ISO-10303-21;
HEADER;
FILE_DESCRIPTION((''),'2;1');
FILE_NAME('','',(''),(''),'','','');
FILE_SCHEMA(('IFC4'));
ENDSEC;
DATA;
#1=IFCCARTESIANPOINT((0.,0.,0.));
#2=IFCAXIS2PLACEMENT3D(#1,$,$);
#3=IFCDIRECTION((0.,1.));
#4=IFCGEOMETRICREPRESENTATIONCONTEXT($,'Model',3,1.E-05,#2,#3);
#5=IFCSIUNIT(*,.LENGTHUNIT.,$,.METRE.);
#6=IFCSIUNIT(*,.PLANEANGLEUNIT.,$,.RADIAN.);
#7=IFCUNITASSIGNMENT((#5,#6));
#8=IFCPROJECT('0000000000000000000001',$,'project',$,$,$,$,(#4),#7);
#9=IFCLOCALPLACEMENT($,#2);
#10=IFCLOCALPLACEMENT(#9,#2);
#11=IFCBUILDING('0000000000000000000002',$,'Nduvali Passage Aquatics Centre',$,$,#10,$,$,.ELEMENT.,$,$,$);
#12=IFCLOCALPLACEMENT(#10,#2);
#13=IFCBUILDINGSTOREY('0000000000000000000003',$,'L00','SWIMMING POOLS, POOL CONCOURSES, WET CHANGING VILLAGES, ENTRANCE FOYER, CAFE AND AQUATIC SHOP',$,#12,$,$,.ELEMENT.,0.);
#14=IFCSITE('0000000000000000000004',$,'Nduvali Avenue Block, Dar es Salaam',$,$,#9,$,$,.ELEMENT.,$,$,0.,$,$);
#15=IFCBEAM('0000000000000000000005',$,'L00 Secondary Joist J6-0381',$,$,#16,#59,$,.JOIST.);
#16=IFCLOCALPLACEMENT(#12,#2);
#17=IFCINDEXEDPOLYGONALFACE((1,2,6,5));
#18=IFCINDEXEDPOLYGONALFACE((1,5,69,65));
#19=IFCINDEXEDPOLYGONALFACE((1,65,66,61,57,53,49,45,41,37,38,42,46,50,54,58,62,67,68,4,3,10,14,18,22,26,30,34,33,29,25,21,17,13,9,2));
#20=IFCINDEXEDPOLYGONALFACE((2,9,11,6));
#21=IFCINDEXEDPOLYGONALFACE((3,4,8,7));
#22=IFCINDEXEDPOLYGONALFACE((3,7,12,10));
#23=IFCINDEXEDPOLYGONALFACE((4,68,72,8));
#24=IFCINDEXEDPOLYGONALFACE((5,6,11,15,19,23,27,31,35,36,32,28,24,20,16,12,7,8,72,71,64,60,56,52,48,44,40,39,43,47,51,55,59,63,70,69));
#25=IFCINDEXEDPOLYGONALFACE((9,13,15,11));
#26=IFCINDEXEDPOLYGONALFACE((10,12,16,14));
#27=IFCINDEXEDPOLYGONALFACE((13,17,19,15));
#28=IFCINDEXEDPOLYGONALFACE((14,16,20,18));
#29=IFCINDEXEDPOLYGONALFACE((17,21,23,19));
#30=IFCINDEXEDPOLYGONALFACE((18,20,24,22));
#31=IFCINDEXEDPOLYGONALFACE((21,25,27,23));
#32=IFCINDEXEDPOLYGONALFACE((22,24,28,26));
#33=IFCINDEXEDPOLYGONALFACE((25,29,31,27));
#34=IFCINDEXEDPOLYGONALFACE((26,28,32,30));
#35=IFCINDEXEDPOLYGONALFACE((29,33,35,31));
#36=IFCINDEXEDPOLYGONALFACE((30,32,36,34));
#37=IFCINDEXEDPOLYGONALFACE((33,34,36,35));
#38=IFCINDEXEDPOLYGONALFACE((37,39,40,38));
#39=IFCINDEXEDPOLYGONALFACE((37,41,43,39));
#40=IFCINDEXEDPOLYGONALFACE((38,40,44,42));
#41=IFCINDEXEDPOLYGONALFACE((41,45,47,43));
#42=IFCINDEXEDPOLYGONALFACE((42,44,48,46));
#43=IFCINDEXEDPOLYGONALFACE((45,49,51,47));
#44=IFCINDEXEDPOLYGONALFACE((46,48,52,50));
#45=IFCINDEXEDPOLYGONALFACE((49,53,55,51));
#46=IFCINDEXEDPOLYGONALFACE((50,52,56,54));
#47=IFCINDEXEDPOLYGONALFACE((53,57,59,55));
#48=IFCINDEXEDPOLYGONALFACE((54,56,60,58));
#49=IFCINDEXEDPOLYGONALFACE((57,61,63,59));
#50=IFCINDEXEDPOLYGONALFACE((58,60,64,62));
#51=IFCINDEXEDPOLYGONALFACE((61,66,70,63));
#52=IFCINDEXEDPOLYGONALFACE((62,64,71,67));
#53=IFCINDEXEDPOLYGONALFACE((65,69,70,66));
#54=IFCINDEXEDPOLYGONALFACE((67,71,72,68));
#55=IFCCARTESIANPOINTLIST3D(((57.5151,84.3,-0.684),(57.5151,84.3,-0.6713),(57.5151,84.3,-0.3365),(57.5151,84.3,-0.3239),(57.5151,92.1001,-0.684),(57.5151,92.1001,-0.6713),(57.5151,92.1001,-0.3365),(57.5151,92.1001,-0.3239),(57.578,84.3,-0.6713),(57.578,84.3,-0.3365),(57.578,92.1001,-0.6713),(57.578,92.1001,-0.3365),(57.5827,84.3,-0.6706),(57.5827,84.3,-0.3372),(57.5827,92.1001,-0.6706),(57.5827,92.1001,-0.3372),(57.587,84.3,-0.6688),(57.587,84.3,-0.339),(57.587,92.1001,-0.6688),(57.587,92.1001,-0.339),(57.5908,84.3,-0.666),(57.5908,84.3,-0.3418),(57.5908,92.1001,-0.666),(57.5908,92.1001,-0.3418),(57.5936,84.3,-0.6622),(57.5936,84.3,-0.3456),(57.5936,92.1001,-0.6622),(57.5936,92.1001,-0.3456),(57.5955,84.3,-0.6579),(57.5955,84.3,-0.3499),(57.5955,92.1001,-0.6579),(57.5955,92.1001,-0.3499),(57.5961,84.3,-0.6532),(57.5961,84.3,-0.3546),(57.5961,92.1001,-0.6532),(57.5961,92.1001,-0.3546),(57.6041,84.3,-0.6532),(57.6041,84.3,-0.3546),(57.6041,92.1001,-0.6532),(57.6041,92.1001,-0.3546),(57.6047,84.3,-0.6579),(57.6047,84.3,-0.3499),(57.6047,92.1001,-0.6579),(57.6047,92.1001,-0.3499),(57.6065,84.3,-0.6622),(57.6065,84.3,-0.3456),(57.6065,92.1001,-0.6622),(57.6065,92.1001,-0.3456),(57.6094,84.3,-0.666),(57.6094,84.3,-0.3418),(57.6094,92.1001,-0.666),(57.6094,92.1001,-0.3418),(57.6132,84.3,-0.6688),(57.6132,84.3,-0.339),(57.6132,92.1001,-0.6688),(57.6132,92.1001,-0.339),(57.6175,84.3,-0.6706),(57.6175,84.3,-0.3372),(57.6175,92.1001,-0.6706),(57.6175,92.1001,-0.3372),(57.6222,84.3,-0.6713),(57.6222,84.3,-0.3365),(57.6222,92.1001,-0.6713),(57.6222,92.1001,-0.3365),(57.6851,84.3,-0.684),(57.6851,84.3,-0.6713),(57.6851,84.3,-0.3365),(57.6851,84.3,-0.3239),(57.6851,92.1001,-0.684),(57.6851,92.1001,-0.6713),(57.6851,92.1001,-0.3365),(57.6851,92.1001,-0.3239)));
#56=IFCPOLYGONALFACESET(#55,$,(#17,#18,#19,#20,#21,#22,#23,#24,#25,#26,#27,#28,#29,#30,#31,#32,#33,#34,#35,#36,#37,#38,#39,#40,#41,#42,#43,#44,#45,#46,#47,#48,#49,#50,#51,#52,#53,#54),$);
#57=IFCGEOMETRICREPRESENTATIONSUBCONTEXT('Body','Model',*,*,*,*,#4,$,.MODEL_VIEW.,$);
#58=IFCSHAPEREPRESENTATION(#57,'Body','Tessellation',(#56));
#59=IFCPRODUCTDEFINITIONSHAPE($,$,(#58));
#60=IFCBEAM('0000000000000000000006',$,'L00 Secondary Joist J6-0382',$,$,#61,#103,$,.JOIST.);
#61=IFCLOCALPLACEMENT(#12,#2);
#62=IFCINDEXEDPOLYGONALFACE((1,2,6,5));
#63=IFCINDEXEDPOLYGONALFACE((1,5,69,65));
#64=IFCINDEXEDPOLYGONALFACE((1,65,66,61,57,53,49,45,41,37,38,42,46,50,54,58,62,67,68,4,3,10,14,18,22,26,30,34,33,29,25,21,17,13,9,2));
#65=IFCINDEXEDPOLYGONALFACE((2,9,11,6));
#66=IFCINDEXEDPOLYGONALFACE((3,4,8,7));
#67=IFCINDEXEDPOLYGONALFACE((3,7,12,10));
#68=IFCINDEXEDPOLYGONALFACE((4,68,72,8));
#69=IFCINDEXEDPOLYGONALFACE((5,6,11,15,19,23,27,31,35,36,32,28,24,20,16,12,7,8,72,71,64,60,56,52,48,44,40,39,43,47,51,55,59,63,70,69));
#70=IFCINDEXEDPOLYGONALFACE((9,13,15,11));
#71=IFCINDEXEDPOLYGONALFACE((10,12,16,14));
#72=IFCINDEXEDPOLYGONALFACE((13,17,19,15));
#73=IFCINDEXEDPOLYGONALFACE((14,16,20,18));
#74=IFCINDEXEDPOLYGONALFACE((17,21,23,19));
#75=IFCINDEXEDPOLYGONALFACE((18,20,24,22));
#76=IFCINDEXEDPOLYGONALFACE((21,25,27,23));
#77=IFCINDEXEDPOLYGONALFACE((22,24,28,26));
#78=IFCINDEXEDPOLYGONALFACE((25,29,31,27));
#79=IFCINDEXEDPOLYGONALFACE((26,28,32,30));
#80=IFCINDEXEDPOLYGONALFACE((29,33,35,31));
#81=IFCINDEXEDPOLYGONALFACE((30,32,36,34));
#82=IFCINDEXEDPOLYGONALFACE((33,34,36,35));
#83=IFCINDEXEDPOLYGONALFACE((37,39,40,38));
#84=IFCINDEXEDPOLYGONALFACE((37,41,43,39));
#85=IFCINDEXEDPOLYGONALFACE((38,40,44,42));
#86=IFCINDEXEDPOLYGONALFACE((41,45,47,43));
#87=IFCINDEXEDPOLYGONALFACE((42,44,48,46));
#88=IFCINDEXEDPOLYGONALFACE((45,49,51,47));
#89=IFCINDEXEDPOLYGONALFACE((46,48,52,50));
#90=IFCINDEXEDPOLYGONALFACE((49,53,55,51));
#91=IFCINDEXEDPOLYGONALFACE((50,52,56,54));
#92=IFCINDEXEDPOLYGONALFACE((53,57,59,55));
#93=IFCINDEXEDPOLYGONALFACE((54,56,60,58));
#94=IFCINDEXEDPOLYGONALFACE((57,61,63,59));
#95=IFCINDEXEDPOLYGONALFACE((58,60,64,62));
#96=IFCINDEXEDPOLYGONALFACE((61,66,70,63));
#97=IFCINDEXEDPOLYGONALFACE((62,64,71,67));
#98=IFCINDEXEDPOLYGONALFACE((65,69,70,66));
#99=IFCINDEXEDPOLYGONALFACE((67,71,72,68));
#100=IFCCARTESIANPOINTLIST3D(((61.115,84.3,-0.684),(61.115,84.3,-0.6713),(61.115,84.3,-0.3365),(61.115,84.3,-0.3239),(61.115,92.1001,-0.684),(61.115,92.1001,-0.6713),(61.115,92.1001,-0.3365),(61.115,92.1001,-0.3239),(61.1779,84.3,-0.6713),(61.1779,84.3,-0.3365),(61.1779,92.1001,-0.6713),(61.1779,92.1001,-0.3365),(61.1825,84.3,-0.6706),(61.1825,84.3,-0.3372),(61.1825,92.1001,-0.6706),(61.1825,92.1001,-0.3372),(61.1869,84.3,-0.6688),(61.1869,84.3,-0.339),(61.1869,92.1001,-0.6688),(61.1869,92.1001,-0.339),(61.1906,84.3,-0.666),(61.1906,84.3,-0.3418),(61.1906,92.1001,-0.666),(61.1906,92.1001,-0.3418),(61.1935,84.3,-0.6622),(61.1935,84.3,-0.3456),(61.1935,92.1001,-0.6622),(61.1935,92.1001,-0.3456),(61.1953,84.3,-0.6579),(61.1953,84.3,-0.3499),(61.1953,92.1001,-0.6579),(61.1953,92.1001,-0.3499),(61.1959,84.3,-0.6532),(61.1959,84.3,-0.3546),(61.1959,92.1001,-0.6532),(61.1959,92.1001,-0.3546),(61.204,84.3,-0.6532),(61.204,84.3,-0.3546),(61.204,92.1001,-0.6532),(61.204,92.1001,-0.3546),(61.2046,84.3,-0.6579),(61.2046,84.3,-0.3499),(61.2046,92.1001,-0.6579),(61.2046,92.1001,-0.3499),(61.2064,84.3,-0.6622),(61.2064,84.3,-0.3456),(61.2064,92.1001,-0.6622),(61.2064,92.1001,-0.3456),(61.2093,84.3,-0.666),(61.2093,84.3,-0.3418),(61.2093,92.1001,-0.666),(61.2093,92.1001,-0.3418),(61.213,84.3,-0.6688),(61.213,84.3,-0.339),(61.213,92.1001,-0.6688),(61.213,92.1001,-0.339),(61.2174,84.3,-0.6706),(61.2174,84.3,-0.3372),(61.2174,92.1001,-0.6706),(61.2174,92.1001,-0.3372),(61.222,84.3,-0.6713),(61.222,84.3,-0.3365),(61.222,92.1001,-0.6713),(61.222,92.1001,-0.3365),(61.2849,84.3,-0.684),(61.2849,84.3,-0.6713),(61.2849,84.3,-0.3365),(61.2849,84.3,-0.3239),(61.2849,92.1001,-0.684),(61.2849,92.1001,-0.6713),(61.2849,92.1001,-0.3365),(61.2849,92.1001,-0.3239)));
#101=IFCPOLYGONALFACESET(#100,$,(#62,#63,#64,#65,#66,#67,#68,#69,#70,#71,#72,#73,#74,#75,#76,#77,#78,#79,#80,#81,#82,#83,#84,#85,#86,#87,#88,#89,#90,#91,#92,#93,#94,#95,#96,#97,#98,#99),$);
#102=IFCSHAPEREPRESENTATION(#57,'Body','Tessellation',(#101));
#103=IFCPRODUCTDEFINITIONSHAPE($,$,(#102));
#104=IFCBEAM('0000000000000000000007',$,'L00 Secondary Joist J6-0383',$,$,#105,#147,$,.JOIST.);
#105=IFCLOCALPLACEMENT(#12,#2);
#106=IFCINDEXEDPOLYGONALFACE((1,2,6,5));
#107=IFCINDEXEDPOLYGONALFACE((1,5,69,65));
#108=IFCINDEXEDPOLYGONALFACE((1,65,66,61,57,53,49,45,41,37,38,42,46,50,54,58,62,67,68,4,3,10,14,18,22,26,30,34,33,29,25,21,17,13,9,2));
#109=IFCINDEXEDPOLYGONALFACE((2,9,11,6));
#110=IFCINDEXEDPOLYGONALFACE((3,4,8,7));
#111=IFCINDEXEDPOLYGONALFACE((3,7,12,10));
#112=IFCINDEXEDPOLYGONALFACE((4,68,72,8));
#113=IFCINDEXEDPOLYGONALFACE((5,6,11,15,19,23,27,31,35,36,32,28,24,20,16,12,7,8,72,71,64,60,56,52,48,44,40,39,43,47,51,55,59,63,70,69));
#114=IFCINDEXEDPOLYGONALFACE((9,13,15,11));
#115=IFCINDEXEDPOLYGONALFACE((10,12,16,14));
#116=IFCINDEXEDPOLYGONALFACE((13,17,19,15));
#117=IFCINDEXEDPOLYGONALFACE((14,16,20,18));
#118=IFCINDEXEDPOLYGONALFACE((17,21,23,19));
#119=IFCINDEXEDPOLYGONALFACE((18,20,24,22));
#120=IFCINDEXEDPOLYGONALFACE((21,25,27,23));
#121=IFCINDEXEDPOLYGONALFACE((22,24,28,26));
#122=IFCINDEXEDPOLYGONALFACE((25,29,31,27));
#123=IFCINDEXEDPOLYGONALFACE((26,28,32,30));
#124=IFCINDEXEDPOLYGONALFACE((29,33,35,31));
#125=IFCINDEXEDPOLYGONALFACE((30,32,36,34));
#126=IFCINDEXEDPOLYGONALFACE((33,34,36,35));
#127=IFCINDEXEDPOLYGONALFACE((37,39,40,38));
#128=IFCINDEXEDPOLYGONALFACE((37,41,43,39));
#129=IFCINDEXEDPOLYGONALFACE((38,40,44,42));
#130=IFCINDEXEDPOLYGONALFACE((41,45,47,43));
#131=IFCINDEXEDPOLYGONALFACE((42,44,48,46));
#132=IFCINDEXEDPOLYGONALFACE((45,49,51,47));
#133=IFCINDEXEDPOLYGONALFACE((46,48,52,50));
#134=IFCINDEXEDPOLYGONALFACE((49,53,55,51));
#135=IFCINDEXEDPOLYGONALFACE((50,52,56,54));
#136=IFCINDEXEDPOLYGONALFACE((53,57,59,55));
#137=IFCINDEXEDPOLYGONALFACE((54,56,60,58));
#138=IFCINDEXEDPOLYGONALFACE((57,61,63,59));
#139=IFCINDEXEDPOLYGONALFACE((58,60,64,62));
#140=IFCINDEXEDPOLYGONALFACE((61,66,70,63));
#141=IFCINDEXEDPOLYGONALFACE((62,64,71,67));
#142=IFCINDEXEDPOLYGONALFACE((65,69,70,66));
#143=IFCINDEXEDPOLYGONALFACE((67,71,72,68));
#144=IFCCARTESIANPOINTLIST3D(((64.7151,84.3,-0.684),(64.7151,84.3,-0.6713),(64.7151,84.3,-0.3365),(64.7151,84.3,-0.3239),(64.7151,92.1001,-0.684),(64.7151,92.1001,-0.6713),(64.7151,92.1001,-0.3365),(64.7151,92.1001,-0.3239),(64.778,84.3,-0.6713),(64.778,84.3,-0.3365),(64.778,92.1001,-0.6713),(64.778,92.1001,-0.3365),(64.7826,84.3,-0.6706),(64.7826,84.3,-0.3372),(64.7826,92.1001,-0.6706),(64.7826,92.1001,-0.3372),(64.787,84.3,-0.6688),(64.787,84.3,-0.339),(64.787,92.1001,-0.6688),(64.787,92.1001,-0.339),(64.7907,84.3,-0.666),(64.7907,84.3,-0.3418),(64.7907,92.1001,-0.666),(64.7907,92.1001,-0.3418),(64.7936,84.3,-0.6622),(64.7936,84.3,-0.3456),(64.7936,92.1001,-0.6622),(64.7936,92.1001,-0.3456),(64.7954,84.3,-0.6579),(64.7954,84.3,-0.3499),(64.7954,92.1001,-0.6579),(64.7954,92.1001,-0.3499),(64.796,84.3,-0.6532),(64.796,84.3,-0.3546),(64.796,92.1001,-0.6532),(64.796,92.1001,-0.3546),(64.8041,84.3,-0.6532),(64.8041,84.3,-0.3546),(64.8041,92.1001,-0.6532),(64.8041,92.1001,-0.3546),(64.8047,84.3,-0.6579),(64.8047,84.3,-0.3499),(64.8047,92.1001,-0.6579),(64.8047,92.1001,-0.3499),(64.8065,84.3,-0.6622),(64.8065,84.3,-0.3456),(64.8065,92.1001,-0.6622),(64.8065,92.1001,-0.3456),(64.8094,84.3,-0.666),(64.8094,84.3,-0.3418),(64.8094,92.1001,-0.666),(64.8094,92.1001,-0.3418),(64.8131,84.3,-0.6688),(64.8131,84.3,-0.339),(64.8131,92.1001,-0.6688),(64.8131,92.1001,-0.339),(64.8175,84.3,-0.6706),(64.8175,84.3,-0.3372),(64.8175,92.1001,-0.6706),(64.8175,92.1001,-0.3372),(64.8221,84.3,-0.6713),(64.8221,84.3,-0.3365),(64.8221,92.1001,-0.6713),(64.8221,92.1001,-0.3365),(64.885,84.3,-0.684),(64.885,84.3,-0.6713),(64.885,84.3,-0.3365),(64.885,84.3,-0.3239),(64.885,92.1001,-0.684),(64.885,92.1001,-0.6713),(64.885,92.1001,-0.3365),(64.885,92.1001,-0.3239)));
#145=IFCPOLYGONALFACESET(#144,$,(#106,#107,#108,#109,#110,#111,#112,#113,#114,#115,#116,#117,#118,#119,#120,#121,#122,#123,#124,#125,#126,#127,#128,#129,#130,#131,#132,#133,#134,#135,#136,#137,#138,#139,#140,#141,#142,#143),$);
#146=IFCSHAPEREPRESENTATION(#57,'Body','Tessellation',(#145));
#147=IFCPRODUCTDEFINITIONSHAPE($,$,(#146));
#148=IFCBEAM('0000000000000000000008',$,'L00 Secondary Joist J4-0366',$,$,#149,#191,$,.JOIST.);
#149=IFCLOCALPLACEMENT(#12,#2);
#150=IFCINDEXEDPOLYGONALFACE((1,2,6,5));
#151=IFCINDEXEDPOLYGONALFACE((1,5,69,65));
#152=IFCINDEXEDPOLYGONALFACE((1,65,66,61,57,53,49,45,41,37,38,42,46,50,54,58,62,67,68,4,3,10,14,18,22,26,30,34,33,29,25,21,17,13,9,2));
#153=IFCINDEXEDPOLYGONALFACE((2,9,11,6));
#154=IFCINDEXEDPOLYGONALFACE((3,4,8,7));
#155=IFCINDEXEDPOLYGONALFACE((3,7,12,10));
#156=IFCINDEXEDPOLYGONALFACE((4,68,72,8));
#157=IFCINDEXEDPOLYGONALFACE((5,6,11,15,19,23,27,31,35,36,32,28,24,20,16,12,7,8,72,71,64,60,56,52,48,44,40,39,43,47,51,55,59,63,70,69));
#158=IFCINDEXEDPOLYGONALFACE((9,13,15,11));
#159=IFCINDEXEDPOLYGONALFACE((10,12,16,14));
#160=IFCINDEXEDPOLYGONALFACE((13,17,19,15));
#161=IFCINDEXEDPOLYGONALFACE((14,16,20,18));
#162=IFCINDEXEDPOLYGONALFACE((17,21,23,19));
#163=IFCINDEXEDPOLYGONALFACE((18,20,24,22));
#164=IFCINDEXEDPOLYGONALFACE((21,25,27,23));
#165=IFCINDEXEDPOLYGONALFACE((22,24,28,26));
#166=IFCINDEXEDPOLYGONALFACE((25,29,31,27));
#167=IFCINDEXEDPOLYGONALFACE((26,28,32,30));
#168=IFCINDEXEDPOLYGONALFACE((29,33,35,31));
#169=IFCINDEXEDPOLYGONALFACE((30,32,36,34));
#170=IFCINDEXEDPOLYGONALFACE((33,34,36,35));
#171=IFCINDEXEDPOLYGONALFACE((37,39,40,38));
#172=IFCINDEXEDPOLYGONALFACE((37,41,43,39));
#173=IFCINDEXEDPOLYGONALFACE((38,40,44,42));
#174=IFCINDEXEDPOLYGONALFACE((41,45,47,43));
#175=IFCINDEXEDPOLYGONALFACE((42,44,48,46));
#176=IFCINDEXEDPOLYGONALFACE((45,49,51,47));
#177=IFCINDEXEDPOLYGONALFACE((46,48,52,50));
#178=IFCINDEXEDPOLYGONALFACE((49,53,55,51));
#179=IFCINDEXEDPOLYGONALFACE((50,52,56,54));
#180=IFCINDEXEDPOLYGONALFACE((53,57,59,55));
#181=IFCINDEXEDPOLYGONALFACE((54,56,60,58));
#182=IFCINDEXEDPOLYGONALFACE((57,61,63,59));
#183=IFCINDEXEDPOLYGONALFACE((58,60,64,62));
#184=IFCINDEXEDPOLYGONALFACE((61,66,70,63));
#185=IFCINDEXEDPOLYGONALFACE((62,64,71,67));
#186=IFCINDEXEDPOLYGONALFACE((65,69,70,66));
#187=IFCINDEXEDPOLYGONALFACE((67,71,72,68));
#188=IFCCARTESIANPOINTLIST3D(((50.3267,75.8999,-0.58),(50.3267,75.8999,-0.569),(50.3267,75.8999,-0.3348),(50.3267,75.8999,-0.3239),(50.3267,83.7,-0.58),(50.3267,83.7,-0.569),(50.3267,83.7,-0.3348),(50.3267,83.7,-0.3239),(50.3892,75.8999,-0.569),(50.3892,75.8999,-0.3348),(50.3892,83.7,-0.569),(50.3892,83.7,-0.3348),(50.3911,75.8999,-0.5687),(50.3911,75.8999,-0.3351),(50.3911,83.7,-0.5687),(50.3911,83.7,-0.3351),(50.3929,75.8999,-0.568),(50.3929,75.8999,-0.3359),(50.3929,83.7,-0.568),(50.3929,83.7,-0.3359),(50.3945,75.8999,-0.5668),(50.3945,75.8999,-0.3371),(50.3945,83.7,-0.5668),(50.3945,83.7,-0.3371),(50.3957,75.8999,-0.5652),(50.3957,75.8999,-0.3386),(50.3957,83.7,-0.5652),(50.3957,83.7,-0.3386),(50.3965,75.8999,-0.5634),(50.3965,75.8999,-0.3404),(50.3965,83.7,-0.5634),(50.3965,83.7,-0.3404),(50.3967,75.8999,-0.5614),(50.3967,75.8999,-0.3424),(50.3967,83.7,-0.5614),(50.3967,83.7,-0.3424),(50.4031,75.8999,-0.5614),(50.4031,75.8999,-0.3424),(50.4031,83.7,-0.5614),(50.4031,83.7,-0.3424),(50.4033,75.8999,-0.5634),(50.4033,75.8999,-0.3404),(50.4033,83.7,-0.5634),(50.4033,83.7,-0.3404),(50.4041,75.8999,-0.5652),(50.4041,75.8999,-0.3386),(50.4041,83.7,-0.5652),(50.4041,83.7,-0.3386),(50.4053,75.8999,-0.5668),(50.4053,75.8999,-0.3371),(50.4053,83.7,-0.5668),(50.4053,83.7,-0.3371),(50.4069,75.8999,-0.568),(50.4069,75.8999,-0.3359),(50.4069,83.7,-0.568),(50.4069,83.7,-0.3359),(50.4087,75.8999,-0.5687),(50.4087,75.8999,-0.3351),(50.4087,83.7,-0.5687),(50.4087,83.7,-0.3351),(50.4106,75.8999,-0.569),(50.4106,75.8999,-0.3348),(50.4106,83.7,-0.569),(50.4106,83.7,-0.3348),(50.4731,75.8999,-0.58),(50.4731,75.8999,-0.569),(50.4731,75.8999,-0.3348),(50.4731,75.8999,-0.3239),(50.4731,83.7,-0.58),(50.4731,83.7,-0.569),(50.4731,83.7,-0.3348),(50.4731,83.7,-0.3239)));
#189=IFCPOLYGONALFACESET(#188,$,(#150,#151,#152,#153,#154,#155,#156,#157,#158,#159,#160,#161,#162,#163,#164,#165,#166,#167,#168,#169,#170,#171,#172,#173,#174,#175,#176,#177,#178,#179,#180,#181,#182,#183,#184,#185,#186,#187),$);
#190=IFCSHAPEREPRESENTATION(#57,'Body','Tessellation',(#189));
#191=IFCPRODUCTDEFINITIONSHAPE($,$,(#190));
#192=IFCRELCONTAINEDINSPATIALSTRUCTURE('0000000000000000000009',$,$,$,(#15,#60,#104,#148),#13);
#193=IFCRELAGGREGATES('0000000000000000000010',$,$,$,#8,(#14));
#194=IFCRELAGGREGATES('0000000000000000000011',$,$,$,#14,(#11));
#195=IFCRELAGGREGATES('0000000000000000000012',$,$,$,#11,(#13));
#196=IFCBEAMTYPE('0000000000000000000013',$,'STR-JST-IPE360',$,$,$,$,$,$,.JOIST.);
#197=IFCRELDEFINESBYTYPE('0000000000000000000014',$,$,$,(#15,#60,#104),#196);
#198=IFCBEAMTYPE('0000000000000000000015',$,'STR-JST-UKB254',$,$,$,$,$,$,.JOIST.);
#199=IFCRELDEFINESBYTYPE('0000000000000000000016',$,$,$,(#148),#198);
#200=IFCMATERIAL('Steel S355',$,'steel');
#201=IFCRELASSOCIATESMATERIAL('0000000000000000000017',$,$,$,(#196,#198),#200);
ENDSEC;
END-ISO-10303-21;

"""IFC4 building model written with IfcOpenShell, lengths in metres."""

from ifc_helpers import new_model, si_unit, direction, frame, origin, origin_2d, place, context, subcontext, project, spatial, i_section, extrude, material, material_profile, profile_set, type_object, element, save


model = new_model("IFC4")

# Units and contexts
model_context = context("Model", 3, precision=1e-05, world=origin(), true_north=direction((0.0, 1.0)))
body_context = subcontext(model_context, "Body", "Model", "MODEL_VIEW")
ifc_project = project(units=[si_unit("LENGTHUNIT", "METRE"), si_unit("PLANEANGLEUNIT", "RADIAN")], contexts=[model_context])

# Site, building, storey
site_placement = place(None, origin())
site = spatial("IfcSite", under=ifc_project, at=site_placement, Name="Nduvali Avenue Block, Dar es Salaam", CompositionType="ELEMENT", RefElevation=0.0)
building_placement = place(site_placement, origin())
building = spatial("IfcBuilding", under=site, at=building_placement, Name="Nduvali Passage Aquatics Centre", CompositionType="ELEMENT")
storey_placement = place(building_placement, origin())
storey = spatial("IfcBuildingStorey", under=building, at=storey_placement, Name="L00", Description="SWIMMING POOLS, POOL CONCOURSES, WET CHANGING VILLAGES, ENTRANCE FOYER, CAFE AND AQUATIC SHOP", CompositionType="ELEMENT", Elevation=0.0)

# Beams
ifc_material_1 = material(Name="Steel S355", Category="steel")
ifc_material_profile_1 = material_profile(ifc_material_1, i_section(OverallWidth=0.1699, OverallDepth=0.3601, WebThickness=0.0081, FlangeThickness=0.0127, FilletRadius=0.0181, at=origin_2d()), Name="IPE 360")
ifc_profile_set_1 = profile_set([ifc_material_profile_1], Name="Steel S355")
beam_type_1 = type_object("IfcBeamType", Name="STR-JST-IPE360", PredefinedType="JOIST", material=ifc_profile_set_1)
for number, where, z_axis, x_axis, name in (
    (1, (57.6001, 84.3, -0.5039), (0.0, 1.0, 0.0), (-1.0, 0.0, 0.0), "L00 Secondary Joist J6-0381"),
    (2, (61.2, 84.3, -0.5039), (0.0, 1.0, 0.0), (-1.0, 0.0, 0.0), "L00 Secondary Joist J6-0382"),
    (3, (64.8, 84.3, -0.5039), (0.0, 1.0, 0.0), (-1.0, 0.0, 0.0), "L00 Secondary Joist J6-0383"),
):
    element("IfcBeam", number, at=place(storey_placement, frame(where, z_axis=z_axis, x_axis=x_axis)), inside=storey, type_object=beam_type_1, Name=name, PredefinedType="JOIST", context=body_context, shape_type="SweptSolid", body=[
        extrude(i_section(OverallWidth=0.1699, OverallDepth=0.3601, WebThickness=0.0081, FlangeThickness=0.0127, FilletRadius=0.0181, at=origin_2d()), origin(), (0.0, 0.0, 1.0), 7.8),
    ])
ifc_material_profile_2 = material_profile(ifc_material_1, i_section(OverallWidth=0.1465, OverallDepth=0.2561, WebThickness=0.0063, FlangeThickness=0.011, FilletRadius=0.0076, at=origin_2d()), Name="UKB 254x146x37")
ifc_profile_set_2 = profile_set([ifc_material_profile_2], Name="Steel S355")
beam_type_2 = type_object("IfcBeamType", Name="STR-JST-UKB254", PredefinedType="JOIST", material=ifc_profile_set_2)
beam_1_placement = place(storey_placement, frame((50.3999, 75.8999, -0.4519), z_axis=(0.0, 1.0, 0.0), x_axis=(-1.0, 0.0, 0.0)))
element("IfcBeam", 4, at=beam_1_placement, inside=storey, type_object=beam_type_2, Name="L00 Secondary Joist J4-0366", PredefinedType="JOIST", context=body_context, shape_type="SweptSolid", body=[
    extrude(i_section(OverallWidth=0.1465, OverallDepth=0.2561, WebThickness=0.0063, FlangeThickness=0.011, FilletRadius=0.0076, at=origin_2d()), origin(), (0.0, 0.0, 1.0), 7.8),
])

save(model, "model.ifc")
